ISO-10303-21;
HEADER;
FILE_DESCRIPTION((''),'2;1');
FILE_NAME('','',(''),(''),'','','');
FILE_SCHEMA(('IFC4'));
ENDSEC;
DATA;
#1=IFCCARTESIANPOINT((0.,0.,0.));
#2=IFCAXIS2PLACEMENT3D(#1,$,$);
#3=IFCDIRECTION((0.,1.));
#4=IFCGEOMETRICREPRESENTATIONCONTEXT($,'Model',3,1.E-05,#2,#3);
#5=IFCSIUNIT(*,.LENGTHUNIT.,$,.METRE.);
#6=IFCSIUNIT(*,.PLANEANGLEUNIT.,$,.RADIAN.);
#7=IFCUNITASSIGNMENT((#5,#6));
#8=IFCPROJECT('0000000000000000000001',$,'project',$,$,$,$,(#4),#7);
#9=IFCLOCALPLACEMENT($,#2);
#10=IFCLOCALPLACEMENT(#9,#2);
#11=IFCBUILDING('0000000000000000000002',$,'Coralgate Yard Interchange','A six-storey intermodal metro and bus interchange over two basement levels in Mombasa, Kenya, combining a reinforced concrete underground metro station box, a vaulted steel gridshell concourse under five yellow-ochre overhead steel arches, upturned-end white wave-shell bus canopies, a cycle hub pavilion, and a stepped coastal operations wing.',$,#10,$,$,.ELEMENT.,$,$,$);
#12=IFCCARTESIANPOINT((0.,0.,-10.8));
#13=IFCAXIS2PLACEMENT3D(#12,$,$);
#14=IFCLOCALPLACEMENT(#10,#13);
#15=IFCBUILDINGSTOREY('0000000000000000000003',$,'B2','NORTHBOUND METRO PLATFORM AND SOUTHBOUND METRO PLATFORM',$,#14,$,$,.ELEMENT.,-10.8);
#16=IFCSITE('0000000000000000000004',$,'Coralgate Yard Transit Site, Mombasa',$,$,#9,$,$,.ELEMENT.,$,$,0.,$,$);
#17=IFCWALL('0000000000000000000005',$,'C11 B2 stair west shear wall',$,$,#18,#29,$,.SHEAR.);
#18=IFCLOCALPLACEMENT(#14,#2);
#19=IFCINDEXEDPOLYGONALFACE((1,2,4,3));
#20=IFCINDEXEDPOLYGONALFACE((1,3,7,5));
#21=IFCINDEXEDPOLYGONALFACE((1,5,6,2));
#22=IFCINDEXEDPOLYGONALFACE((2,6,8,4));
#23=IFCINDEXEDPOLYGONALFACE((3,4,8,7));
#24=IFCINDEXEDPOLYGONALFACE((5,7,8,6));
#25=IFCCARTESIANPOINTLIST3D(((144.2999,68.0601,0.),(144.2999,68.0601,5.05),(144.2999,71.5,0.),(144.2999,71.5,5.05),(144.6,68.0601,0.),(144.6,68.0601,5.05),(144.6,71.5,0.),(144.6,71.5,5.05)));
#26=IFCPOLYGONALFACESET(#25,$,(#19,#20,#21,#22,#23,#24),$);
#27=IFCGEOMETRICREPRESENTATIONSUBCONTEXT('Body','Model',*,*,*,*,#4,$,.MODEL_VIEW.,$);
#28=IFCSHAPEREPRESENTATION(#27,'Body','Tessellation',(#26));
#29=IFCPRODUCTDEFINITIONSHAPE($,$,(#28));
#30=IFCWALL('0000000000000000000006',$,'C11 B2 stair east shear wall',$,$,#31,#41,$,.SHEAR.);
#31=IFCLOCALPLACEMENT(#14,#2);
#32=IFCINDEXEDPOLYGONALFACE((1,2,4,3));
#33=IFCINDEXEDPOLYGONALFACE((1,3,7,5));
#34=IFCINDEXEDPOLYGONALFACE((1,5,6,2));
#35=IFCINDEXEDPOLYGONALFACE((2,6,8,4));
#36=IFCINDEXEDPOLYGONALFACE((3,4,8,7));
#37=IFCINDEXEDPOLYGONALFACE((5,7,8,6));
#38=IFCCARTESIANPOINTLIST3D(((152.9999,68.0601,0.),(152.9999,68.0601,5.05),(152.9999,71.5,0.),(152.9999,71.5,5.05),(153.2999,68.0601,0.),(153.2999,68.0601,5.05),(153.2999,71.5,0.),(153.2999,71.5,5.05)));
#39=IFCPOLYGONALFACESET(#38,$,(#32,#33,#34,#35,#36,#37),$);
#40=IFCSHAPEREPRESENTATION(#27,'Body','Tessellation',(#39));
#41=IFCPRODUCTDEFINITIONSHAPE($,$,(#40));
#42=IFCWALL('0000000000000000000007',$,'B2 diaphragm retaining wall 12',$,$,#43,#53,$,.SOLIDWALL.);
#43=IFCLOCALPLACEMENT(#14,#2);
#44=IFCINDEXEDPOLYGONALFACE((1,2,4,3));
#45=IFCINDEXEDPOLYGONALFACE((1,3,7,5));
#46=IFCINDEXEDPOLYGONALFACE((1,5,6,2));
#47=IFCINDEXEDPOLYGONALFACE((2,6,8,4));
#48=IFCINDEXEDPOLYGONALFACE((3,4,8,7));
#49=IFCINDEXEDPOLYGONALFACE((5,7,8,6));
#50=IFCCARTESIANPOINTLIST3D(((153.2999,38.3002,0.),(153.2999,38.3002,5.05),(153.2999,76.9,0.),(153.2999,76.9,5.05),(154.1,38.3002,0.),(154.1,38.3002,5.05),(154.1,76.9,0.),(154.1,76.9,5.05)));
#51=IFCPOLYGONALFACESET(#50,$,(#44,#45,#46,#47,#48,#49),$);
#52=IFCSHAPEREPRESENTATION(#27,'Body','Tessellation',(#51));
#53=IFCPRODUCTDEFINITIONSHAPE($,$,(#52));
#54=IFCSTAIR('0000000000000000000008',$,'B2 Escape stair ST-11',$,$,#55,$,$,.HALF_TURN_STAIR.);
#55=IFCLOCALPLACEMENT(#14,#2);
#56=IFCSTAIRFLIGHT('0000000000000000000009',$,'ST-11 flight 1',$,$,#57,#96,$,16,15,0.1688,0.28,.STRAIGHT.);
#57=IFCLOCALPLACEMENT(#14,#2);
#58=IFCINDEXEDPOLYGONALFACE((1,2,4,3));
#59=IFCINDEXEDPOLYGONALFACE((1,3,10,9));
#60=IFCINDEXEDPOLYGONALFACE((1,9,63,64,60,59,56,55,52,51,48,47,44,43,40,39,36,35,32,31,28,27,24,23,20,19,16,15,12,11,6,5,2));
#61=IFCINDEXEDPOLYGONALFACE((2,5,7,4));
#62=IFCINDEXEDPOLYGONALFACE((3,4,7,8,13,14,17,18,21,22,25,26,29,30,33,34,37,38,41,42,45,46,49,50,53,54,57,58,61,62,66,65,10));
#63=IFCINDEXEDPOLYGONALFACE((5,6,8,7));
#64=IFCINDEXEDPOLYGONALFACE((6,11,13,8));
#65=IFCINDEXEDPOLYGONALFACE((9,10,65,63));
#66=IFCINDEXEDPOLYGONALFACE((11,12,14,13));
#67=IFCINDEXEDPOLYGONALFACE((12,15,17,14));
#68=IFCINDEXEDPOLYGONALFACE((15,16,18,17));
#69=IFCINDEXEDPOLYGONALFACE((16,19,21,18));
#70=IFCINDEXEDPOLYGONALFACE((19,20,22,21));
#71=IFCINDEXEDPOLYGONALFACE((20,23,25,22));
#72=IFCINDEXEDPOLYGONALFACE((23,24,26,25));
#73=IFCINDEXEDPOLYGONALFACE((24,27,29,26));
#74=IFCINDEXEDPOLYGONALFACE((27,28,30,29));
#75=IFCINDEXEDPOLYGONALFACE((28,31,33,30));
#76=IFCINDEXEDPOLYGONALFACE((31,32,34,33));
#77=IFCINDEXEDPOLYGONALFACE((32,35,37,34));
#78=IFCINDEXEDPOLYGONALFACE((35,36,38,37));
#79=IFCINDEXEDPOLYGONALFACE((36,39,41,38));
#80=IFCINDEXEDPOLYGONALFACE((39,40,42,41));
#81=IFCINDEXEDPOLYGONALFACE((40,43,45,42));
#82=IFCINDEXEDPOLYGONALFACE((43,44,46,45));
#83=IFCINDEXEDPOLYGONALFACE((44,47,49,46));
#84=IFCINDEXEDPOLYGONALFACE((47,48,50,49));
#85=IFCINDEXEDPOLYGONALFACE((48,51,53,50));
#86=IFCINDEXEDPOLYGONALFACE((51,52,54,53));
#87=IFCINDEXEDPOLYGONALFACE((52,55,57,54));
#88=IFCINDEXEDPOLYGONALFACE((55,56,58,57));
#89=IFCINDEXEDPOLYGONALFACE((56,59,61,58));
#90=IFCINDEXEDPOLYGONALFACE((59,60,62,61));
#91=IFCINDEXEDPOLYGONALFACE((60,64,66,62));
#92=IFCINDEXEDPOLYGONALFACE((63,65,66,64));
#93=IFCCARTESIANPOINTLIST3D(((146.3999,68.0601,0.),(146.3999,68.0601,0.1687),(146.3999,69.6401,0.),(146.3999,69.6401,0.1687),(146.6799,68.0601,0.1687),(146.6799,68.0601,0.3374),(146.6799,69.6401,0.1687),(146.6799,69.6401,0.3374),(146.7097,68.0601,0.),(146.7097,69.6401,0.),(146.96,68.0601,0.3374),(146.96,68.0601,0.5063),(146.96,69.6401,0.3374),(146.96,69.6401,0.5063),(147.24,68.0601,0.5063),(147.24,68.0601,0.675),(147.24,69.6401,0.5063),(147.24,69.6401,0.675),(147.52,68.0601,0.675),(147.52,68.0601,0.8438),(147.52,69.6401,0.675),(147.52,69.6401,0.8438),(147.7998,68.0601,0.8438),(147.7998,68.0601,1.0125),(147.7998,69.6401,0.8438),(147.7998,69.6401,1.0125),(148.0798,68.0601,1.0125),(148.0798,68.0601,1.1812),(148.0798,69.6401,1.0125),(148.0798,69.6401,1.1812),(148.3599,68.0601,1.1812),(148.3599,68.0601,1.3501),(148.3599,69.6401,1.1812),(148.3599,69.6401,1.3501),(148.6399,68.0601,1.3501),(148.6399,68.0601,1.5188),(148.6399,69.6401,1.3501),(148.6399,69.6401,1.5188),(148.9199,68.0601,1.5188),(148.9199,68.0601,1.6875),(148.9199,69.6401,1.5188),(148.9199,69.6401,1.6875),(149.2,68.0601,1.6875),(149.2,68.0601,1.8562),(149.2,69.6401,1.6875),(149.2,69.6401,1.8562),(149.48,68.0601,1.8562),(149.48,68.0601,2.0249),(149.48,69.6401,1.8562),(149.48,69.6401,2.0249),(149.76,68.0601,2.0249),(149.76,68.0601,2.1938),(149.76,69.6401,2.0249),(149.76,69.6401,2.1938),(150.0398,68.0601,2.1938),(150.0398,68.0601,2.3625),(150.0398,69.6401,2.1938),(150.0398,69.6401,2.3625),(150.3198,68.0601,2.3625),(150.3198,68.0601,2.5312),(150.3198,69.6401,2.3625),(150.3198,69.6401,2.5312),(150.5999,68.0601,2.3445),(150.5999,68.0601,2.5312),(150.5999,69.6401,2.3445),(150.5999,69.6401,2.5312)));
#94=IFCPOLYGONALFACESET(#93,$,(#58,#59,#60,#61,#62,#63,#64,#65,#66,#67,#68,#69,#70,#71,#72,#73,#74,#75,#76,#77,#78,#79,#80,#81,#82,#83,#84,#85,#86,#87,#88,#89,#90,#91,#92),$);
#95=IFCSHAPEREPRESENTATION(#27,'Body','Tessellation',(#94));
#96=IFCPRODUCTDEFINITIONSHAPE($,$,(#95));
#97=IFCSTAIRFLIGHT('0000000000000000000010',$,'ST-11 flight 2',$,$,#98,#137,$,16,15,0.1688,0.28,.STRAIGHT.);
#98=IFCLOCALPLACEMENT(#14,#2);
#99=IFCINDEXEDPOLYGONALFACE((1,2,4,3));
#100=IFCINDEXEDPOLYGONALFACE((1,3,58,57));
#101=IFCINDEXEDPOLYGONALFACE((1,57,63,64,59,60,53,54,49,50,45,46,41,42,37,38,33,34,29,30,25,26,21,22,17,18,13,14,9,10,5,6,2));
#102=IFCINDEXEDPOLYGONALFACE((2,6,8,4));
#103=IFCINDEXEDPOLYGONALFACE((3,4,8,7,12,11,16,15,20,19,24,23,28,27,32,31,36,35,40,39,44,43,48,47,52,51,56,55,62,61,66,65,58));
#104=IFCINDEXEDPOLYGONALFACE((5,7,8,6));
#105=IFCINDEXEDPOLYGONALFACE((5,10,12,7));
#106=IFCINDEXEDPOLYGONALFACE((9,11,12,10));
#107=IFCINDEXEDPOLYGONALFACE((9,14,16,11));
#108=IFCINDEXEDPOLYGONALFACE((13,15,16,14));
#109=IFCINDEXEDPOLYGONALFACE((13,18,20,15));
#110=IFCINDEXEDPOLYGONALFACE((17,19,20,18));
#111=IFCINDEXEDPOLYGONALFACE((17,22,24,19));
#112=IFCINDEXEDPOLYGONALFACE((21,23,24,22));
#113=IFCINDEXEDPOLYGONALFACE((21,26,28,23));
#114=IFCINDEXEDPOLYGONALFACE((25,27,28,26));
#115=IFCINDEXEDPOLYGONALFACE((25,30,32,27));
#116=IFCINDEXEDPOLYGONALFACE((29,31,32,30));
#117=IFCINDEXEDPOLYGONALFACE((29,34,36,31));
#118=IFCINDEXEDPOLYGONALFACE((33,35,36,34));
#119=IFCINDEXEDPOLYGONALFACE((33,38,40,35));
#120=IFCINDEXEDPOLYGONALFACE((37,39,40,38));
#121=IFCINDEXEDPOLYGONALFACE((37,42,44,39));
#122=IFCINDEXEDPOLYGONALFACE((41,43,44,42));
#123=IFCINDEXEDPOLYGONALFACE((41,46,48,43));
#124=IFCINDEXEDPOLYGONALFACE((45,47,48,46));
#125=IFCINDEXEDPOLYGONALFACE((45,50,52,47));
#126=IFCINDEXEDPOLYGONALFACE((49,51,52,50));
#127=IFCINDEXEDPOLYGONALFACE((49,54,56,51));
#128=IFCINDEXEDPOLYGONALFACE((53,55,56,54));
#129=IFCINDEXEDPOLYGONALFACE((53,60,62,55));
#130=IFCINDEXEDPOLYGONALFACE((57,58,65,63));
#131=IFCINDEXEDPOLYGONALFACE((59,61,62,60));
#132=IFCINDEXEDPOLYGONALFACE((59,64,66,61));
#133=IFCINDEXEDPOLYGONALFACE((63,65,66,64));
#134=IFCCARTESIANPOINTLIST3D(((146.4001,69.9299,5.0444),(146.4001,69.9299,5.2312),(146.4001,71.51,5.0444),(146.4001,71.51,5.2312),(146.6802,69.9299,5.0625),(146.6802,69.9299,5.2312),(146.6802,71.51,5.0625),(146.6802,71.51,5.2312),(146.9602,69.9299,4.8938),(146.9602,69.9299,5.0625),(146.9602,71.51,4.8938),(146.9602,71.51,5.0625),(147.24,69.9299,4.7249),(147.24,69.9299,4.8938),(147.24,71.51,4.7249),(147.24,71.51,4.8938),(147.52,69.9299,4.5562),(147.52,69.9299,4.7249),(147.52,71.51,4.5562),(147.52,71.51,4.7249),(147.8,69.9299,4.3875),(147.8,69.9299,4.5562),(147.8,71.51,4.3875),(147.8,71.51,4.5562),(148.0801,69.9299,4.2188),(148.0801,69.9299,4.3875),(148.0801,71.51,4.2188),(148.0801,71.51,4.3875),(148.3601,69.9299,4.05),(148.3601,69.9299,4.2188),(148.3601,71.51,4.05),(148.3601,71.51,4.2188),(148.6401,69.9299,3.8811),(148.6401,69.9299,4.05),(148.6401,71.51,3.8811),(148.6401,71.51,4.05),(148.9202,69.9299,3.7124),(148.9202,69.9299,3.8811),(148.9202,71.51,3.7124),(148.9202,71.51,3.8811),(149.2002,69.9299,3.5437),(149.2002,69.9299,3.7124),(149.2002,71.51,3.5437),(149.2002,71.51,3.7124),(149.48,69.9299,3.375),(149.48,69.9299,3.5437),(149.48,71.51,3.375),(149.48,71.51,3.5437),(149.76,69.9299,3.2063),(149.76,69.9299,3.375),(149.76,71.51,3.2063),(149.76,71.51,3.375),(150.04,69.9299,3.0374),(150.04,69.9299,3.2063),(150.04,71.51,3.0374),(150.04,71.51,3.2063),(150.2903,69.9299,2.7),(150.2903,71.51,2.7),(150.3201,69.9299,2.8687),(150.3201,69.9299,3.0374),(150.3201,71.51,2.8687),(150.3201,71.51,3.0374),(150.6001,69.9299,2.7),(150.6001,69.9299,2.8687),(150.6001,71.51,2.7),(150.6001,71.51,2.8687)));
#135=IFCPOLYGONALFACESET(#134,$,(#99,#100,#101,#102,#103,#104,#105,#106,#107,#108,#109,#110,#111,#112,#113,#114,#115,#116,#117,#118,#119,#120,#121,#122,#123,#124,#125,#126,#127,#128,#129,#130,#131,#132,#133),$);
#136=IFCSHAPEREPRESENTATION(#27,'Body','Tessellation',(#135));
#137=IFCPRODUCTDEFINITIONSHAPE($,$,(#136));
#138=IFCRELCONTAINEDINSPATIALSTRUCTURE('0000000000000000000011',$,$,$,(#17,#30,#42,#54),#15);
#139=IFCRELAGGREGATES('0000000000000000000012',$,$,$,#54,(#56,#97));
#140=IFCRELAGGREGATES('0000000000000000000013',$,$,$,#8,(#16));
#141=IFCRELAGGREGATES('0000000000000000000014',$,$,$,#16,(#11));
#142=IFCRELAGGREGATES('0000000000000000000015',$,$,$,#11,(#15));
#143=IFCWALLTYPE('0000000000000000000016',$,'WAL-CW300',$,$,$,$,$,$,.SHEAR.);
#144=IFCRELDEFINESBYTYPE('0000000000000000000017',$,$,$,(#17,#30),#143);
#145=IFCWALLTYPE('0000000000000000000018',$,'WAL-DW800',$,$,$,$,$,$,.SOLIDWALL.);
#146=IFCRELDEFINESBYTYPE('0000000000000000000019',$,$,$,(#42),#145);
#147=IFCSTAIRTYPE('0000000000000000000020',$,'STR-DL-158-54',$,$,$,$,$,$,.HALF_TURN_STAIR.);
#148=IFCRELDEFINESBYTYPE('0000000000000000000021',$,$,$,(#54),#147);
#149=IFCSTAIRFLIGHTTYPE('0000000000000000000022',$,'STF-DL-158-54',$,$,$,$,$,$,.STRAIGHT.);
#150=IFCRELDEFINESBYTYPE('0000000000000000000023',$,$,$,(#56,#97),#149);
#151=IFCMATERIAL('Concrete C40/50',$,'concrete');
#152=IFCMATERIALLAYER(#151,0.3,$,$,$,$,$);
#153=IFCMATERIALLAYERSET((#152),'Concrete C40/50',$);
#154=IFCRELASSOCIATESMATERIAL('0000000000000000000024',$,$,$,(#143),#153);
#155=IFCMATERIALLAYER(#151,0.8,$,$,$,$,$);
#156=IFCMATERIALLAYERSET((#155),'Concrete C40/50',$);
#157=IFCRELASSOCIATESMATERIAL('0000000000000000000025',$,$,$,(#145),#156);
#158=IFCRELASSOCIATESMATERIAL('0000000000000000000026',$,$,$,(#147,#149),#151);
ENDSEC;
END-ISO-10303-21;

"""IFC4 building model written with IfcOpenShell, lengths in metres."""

from ifc_helpers import new_model, si_unit, direction, frame, frame_2d, origin, place, context, subcontext, project, spatial, polyline, rectangle, outline, extrude, material, layer, layer_set, type_object, element, aggregate, save


model = new_model("IFC4")

# Units and contexts
model_context = context("Model", 3, precision=1e-05, world=origin(), true_north=direction((0.0, 1.0)))
body_context = subcontext(model_context, "Body", "Model", "MODEL_VIEW")
ifc_project = project(units=[si_unit("LENGTHUNIT", "METRE"), si_unit("PLANEANGLEUNIT", "RADIAN")], contexts=[model_context])

# Site, building, storey
site_placement = place(None, origin())
site = spatial("IfcSite", under=ifc_project, at=site_placement, Name="Coralgate Yard Transit Site, Mombasa", CompositionType="ELEMENT", RefElevation=0.0)
building_placement = place(site_placement, origin())
building = spatial("IfcBuilding", under=site, at=building_placement, Name="Coralgate Yard Interchange", Description="A six-storey intermodal metro and bus interchange over two basement levels in Mombasa, Kenya, combining a reinforced concrete underground metro station box, a vaulted steel gridshell concourse under five yellow-ochre overhead steel arches, upturned-end white wave-shell bus canopies, a cycle hub pavilion, and a stepped coastal operations wing.", CompositionType="ELEMENT")
storey_placement = place(building_placement, frame((0.0, 0.0, -10.8)))
storey = spatial("IfcBuildingStorey", under=building, at=storey_placement, Name="B2", Description="NORTHBOUND METRO PLATFORM AND SOUTHBOUND METRO PLATFORM", CompositionType="ELEMENT", Elevation=-10.8)

# Shared definitions
ifc_material_1 = material(Name="Concrete C40/50", Category="concrete")

# Shared definitions
ifc_layer_1 = layer(ifc_material_1, 0.3)
ifc_layer_set_1 = layer_set([ifc_layer_1], Name="Concrete C40/50")
wall_type_1 = type_object("IfcWallType", Name="WAL-CW300", PredefinedType="SHEAR", material=ifc_layer_set_1)

# Walls
for number, where, z_axis, x_axis, name in (
    (1, (144.45, 68.0601, 0.0), (0.0, 0.0, 1.0), (0.0, 1.0, 0.0), "C11 B2 stair west shear wall"),
    (2, (153.1499, 71.5, 0.0), (0.0, 0.0, 1.0), (0.0, -1.0, 0.0), "C11 B2 stair east shear wall"),
):
    element("IfcWall", number, at=place(storey_placement, frame(where, z_axis=z_axis, x_axis=x_axis)), inside=storey, type_object=wall_type_1, Name=name, PredefinedType="SHEAR", context=body_context, shape_type="SweptSolid", body=[
        extrude(rectangle(XDim=3.4399, YDim=0.3, at=frame_2d((1.72, 0.0))), origin(), (0.0, 0.0, 1.0), 5.05),
    ])
ifc_layer_2 = layer(ifc_material_1, 0.8)
ifc_layer_set_2 = layer_set([ifc_layer_2], Name="Concrete C40/50")
wall_type_2 = type_object("IfcWallType", Name="WAL-DW800", PredefinedType="SOLIDWALL", material=ifc_layer_set_2)
wall_1_placement = place(storey_placement, frame((153.7, 76.8999, 0.0), z_axis=(0.0, 0.0, 1.0), x_axis=(0.0, -1.0, 0.0)))
element("IfcWall", 3, at=wall_1_placement, inside=storey, type_object=wall_type_2, Name="B2 diaphragm retaining wall 12", PredefinedType="SOLIDWALL", context=body_context, shape_type="SweptSolid", body=[
    extrude(rectangle(XDim=38.5999, YDim=0.8, at=frame_2d((19.2998, 0.0))), origin(), (0.0, 0.0, 1.0), 5.05),
])

# Stair, stair flights
stair_type = type_object("IfcStairType", Name="STR-DL-158-54", PredefinedType="HALF_TURN_STAIR", material=ifc_material_1)
stair_placement = place(storey_placement, origin())
stair = element("IfcStair", 4, at=stair_placement, inside=storey, type_object=stair_type, Name="B2 Escape stair ST-11", PredefinedType="HALF_TURN_STAIR")
stair_flight_type = type_object("IfcStairFlightType", Name="STF-DL-158-54", PredefinedType="STRAIGHT", material=ifc_material_1)
stair_flight_1_placement = place(storey_placement, frame((146.3999, 68.8501, 0.0), z_axis=(0.0, 0.0, 1.0), x_axis=(1.0, 0.0, 0.0)))
stair_flight_1 = element("IfcStairFlight", 5, at=stair_flight_1_placement, type_object=stair_flight_type, Name="ST-11 flight 1", NumberOfRisers=16, NumberOfTreads=15, PredefinedType="STRAIGHT", RiserHeight=0.1688, TreadLength=0.28, context=body_context, shape_type="SweptSolid", body=[
    extrude(outline(polyline([(0.0, 0.0), (0.0, 0.1687), (0.28, 0.1687), (0.28, 0.3374), (0.5601, 0.3374), (0.5601, 0.5063), (0.8401, 0.5063), (0.8401, 0.675), (1.1201, 0.675), (1.1201, 0.8438), (1.3999, 0.8438), (1.3999, 1.0125), (1.6799, 1.0125), (1.6799, 1.1812), (1.96, 1.1812), (1.96, 1.3501), (2.24, 1.3501), (2.24, 1.5188), (2.52, 1.5188), (2.52, 1.6875), (2.8, 1.6875), (2.8, 1.8562), (3.0801, 1.8562), (3.0801, 2.0249), (3.3601, 2.0249), (3.3601, 2.1938), (3.6399, 2.1938), (3.6399, 2.3625), (3.9199, 2.3625), (3.9199, 2.5312), (4.2, 2.5312), (4.2, 2.7), (4.2, 2.3445), (0.3098, 0.0), (0.0, 0.0)])), frame((0.0, 0.79, 0.0), z_axis=(0.0, -1.0, 0.0), x_axis=(1.0, 0.0, 0.0)), (0.0, 0.0, 1.0), 1.5801),
])
stair_flight_2_placement = place(storey_placement, frame((150.6001, 70.72, 2.7), z_axis=(0.0, 0.0, 1.0), x_axis=(-1.0, 0.0, 0.0)))
stair_flight_2 = element("IfcStairFlight", 6, at=stair_flight_2_placement, type_object=stair_flight_type, Name="ST-11 flight 2", NumberOfRisers=16, NumberOfTreads=15, PredefinedType="STRAIGHT", RiserHeight=0.1688, TreadLength=0.28, context=body_context, shape_type="SweptSolid", body=[
    extrude(outline(polyline([(0.0, 0.0), (0.0, 0.1687), (0.28, 0.1687), (0.28, 0.3374), (0.5601, 0.3374), (0.5601, 0.5063), (0.8401, 0.5063), (0.8401, 0.675), (1.1201, 0.675), (1.1201, 0.8438), (1.3999, 0.8438), (1.3999, 1.0125), (1.6799, 1.0125), (1.6799, 1.1812), (1.96, 1.1812), (1.96, 1.3501), (2.24, 1.3501), (2.24, 1.5188), (2.52, 1.5188), (2.52, 1.6875), (2.8, 1.6875), (2.8, 1.8562), (3.0801, 1.8562), (3.0801, 2.0249), (3.3601, 2.0249), (3.3601, 2.1938), (3.6399, 2.1938), (3.6399, 2.3625), (3.9199, 2.3625), (3.9199, 2.5312), (4.2, 2.5312), (4.2, 2.7), (4.2, 2.3445), (0.3098, 0.0), (0.0, 0.0)])), frame((0.0, 0.79, 0.0), z_axis=(0.0, -1.0, 0.0), x_axis=(1.0, 0.0, 0.0)), (0.0, 0.0, 1.0), 1.5801),
])
aggregate(stair, [stair_flight_1, stair_flight_2])

save(model, "model.ifc")
